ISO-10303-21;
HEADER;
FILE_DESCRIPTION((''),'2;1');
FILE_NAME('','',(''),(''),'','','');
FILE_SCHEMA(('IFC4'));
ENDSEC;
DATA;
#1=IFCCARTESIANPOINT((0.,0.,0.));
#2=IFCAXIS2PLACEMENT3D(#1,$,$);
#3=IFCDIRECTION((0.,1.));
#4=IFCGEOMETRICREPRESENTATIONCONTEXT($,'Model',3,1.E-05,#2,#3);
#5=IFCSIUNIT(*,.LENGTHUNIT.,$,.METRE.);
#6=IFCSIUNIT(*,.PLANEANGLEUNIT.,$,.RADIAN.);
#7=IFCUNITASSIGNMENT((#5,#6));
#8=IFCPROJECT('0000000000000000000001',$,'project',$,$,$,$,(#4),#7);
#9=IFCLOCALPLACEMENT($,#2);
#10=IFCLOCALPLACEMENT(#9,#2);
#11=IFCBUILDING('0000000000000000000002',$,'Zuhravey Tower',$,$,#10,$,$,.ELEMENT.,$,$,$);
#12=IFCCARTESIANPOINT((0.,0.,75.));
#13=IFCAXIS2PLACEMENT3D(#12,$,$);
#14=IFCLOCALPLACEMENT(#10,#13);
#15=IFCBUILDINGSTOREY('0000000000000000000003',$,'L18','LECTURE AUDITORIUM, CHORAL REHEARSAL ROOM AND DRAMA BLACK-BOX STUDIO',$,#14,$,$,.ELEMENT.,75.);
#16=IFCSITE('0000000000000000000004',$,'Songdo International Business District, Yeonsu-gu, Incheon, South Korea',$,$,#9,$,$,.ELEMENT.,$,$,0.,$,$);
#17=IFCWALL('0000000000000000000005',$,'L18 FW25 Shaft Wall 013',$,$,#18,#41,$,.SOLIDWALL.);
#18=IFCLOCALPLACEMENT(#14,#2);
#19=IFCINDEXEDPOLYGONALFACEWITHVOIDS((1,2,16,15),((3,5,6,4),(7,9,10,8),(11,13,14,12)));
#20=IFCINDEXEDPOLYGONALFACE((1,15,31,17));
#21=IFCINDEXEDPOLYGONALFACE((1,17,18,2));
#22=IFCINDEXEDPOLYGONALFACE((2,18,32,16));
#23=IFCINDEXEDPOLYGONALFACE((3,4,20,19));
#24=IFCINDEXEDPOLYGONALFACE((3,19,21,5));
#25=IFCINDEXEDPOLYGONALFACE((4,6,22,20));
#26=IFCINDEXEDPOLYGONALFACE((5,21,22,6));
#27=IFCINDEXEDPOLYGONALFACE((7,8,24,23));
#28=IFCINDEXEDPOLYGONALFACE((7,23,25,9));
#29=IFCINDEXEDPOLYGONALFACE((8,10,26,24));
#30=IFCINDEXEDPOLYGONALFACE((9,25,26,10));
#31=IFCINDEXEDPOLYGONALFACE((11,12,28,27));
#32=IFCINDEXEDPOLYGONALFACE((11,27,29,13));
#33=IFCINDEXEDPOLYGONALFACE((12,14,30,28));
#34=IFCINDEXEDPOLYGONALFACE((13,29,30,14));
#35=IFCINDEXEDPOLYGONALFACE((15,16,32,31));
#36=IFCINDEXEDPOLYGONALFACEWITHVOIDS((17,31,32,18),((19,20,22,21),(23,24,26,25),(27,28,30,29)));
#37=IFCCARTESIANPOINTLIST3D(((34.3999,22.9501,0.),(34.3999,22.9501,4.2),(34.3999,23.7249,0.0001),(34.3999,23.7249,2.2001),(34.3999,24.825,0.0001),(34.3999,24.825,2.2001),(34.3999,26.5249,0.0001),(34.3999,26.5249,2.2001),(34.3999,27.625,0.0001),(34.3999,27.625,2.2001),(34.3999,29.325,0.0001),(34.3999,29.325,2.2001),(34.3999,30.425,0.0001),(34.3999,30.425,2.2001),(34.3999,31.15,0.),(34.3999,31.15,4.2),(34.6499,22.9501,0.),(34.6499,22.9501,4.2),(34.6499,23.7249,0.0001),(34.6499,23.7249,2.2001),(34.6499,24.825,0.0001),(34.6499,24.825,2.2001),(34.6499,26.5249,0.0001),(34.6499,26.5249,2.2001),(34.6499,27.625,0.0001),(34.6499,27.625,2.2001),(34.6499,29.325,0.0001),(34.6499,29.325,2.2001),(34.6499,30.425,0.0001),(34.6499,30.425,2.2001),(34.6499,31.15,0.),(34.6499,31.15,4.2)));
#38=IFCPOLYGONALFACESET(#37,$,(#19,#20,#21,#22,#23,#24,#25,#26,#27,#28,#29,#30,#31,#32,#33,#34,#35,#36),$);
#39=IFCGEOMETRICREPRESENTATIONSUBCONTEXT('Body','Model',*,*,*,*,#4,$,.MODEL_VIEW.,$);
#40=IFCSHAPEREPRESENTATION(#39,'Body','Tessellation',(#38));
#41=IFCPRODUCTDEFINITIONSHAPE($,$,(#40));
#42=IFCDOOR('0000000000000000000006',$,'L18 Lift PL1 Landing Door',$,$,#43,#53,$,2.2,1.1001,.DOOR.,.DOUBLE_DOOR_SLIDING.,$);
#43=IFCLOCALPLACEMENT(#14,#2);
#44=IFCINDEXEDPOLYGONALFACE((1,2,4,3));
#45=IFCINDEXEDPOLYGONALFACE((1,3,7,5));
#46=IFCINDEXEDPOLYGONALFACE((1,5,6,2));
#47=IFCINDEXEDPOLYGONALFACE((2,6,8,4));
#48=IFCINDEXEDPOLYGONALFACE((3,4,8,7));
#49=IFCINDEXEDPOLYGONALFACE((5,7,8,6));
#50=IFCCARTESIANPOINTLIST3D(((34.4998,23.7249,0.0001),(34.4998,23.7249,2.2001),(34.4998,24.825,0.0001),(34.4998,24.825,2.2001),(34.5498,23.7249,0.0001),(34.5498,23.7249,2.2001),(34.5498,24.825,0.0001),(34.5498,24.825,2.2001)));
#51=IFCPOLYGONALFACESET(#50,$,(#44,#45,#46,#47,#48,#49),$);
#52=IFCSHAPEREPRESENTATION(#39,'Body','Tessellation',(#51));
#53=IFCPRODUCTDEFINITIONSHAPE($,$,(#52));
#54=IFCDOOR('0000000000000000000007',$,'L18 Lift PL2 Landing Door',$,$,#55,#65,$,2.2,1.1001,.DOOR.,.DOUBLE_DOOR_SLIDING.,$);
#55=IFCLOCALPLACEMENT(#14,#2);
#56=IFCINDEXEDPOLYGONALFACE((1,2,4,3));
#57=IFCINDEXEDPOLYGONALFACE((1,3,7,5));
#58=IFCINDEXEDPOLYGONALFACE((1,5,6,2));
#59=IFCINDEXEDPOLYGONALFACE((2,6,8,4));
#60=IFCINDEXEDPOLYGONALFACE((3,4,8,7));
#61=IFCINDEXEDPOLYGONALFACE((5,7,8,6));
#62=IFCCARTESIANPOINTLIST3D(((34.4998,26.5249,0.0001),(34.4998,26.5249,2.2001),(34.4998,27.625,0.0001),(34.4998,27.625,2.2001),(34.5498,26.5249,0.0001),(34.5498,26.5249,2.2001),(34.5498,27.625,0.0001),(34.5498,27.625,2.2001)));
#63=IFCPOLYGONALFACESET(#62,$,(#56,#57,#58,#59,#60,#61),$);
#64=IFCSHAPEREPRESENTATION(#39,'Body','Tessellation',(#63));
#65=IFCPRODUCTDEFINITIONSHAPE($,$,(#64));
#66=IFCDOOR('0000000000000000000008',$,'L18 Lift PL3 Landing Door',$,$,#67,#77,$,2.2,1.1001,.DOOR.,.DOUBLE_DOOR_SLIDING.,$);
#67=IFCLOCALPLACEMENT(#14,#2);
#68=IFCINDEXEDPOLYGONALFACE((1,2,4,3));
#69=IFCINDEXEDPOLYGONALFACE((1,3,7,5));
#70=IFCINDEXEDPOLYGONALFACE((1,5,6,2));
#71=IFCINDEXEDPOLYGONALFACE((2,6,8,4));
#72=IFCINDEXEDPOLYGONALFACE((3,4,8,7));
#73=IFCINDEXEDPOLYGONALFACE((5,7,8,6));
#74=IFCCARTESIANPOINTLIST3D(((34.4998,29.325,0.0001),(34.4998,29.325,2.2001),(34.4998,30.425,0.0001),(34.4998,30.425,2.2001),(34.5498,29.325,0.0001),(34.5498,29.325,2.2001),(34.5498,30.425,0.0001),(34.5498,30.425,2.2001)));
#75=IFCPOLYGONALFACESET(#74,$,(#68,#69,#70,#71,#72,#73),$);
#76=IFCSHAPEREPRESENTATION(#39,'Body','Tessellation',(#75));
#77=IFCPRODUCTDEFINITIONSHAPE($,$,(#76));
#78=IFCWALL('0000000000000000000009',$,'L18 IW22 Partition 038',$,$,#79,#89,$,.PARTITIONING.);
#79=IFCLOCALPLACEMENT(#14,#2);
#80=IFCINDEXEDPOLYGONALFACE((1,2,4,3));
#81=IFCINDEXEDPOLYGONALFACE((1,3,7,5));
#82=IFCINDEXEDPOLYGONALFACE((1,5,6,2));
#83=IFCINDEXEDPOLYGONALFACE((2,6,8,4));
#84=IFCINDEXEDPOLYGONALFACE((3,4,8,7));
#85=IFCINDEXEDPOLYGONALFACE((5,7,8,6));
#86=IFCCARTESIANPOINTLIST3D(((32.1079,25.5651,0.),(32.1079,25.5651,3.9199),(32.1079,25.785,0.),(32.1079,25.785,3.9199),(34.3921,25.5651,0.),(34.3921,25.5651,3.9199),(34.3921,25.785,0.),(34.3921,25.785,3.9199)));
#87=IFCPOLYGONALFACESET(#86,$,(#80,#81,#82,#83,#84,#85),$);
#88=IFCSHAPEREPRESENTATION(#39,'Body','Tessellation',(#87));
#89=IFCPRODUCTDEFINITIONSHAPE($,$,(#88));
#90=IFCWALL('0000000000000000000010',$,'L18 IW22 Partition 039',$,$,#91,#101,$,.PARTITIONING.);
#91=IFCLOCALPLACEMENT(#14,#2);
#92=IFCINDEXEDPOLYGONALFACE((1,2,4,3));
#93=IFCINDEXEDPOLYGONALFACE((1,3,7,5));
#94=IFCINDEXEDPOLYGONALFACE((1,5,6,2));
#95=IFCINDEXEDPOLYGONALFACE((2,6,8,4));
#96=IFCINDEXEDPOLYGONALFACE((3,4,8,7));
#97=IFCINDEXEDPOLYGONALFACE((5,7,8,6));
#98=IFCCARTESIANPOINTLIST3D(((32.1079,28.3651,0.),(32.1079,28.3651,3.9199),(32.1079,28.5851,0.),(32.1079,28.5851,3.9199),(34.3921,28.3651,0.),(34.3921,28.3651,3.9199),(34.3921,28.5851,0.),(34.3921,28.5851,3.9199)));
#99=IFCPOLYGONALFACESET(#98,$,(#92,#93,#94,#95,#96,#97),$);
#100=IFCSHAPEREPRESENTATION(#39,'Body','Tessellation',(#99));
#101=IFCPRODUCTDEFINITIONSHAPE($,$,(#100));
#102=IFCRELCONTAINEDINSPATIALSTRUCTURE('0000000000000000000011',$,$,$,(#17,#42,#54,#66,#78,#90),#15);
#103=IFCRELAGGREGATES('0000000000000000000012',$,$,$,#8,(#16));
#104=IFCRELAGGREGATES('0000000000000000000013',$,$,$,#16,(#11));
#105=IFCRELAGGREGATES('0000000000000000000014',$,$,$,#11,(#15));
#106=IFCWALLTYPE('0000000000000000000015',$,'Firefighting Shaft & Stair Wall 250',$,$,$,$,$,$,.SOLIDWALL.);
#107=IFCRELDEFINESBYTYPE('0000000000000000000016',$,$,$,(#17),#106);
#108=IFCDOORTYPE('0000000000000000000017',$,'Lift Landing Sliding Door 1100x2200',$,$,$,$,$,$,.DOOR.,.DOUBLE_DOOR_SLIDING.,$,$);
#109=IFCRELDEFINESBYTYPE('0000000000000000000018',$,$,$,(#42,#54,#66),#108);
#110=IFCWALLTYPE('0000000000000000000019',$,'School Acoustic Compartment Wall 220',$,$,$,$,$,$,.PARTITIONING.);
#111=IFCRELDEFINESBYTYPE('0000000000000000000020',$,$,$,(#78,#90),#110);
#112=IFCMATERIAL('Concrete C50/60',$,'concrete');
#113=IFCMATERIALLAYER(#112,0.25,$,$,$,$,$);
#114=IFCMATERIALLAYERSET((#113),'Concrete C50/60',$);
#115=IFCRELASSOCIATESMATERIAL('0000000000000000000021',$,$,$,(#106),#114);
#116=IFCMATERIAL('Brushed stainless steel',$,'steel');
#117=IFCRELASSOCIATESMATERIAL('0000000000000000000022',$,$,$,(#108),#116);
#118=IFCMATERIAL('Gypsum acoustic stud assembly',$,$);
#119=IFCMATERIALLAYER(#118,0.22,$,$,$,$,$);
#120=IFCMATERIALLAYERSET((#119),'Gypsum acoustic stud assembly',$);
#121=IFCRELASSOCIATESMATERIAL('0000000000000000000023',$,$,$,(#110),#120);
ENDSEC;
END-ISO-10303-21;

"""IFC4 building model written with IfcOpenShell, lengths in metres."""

from ifc_helpers import new_model, si_unit, direction, frame, frame_2d, origin, place, context, subcontext, project, spatial, rectangle, extrude, material, layer, layer_set, type_object, element, fill, save


model = new_model("IFC4")

# Units and contexts
model_context = context("Model", 3, precision=1e-05, world=origin(), true_north=direction((0.0, 1.0)))
body_context = subcontext(model_context, "Body", "Model", "MODEL_VIEW")
ifc_project = project(units=[si_unit("LENGTHUNIT", "METRE"), si_unit("PLANEANGLEUNIT", "RADIAN")], contexts=[model_context])

# Site, building, storey
site_placement = place(None, origin())
site = spatial("IfcSite", under=ifc_project, at=site_placement, Name="Songdo International Business District, Yeonsu-gu, Incheon, South Korea", CompositionType="ELEMENT", RefElevation=0.0)
building_placement = place(site_placement, origin())
building = spatial("IfcBuilding", under=site, at=building_placement, Name="Zuhravey Tower", CompositionType="ELEMENT")
storey_placement = place(building_placement, frame((0.0, 0.0, 75.0)))
storey = spatial("IfcBuildingStorey", under=building, at=storey_placement, Name="L18", Description="LECTURE AUDITORIUM, CHORAL REHEARSAL ROOM AND DRAMA BLACK-BOX STUDIO", CompositionType="ELEMENT", Elevation=75.0)

# Shared definitions
ifc_material_1 = material(Name="Concrete C50/60", Category="concrete")
ifc_layer_1 = layer(ifc_material_1, 0.25)
ifc_layer_set_1 = layer_set([ifc_layer_1], Name="Concrete C50/60")
wall_type_1 = type_object("IfcWallType", Name="Firefighting Shaft & Stair Wall 250", PredefinedType="SOLIDWALL", material=ifc_layer_set_1)

# Wall, openings, doors
wall_1_placement = place(storey_placement, frame((34.5249, 22.95, 0.0), z_axis=(0.0, 0.0, 1.0), x_axis=(0.0, 1.0, 0.0)))
wall_1 = element("IfcWall", 1, at=wall_1_placement, inside=storey, type_object=wall_type_1, Name="L18 FW25 Shaft Wall 013", PredefinedType="SOLIDWALL", context=body_context, shape_type="SweptSolid", body=[
    extrude(rectangle(XDim=8.2, YDim=0.25, at=frame_2d((4.1001, 0.0))), origin(), (0.0, 0.0, 1.0), 4.2),
])
opening_1_placement = place(wall_1_placement, frame((0.7749, 0.0, 0.0)))
opening_1 = element("IfcOpeningElement", 2, at=opening_1_placement, cuts=wall_1, PredefinedType="OPENING", context=body_context, shape_type="SweptSolid", body=[
    extrude(rectangle(XDim=1.1001, YDim=2.2, at=frame_2d((0.55, 1.1001))), frame((0.0, 0.137, 0.0), z_axis=(0.0, -1.0, 0.0), x_axis=(1.0, 0.0, 0.0)), (0.0, 0.0, 1.0), 0.2739),
])
opening_2_placement = place(wall_1_placement, frame((3.575, 0.0, 0.0)))
opening_2 = element("IfcOpeningElement", 3, at=opening_2_placement, cuts=wall_1, PredefinedType="OPENING", context=body_context, shape_type="SweptSolid", body=[
    extrude(rectangle(XDim=1.1001, YDim=2.2, at=frame_2d((0.55, 1.1001))), frame((0.0, 0.137, 0.0), z_axis=(0.0, -1.0, 0.0), x_axis=(1.0, 0.0, 0.0)), (0.0, 0.0, 1.0), 0.2739),
])
opening_3_placement = place(wall_1_placement, frame((6.375, 0.0, 0.0)))
opening_3 = element("IfcOpeningElement", 4, at=opening_3_placement, cuts=wall_1, PredefinedType="OPENING", context=body_context, shape_type="SweptSolid", body=[
    extrude(rectangle(XDim=1.1001, YDim=2.2, at=frame_2d((0.55, 1.1001))), frame((0.0, 0.137, 0.0), z_axis=(0.0, -1.0, 0.0), x_axis=(1.0, 0.0, 0.0)), (0.0, 0.0, 1.0), 0.2739),
])
ifc_material_2 = material(Name="Brushed stainless steel", Category="steel")
door_type_1 = type_object("IfcDoorType", Name="Lift Landing Sliding Door 1100x2200", OperationType="DOUBLE_DOOR_SLIDING", PredefinedType="DOOR", material=ifc_material_2)
door_1_placement = place(opening_1_placement, frame((1.1001, 0.0, 0.0), z_axis=(0.0, 0.0, 1.0), x_axis=(-1.0, 0.0, 0.0)))
door_1 = element("IfcDoor", 5, at=door_1_placement, inside=storey, type_object=door_type_1, Name="L18 Lift PL1 Landing Door", OperationType="DOUBLE_DOOR_SLIDING", OverallHeight=2.2, OverallWidth=1.1001, PredefinedType="DOOR", context=body_context, shape_type="SweptSolid", body=[
    extrude(rectangle(XDim=1.1001, YDim=2.2, at=frame_2d((0.55, 1.1001))), frame((0.0, 0.0249, 0.0), z_axis=(0.0, -1.0, 0.0), x_axis=(1.0, 0.0, 0.0)), (0.0, 0.0, 1.0), 0.05),
])
fill(opening_1, door_1)
door_2_placement = place(opening_2_placement, frame((1.1001, 0.0, 0.0), z_axis=(0.0, 0.0, 1.0), x_axis=(-1.0, 0.0, 0.0)))
door_2 = element("IfcDoor", 6, at=door_2_placement, inside=storey, type_object=door_type_1, Name="L18 Lift PL2 Landing Door", OperationType="DOUBLE_DOOR_SLIDING", OverallHeight=2.2, OverallWidth=1.1001, PredefinedType="DOOR", context=body_context, shape_type="SweptSolid", body=[
    extrude(rectangle(XDim=1.1001, YDim=2.2, at=frame_2d((0.55, 1.1001))), frame((0.0, 0.0249, 0.0), z_axis=(0.0, -1.0, 0.0), x_axis=(1.0, 0.0, 0.0)), (0.0, 0.0, 1.0), 0.05),
])
fill(opening_2, door_2)
door_3_placement = place(opening_3_placement, frame((1.1001, 0.0, 0.0), z_axis=(0.0, 0.0, 1.0), x_axis=(-1.0, 0.0, 0.0)))
door_3 = element("IfcDoor", 7, at=door_3_placement, inside=storey, type_object=door_type_1, Name="L18 Lift PL3 Landing Door", OperationType="DOUBLE_DOOR_SLIDING", OverallHeight=2.2, OverallWidth=1.1001, PredefinedType="DOOR", context=body_context, shape_type="SweptSolid", body=[
    extrude(rectangle(XDim=1.1001, YDim=2.2, at=frame_2d((0.55, 1.1001))), frame((0.0, 0.0249, 0.0), z_axis=(0.0, -1.0, 0.0), x_axis=(1.0, 0.0, 0.0)), (0.0, 0.0, 1.0), 0.05),
])
fill(opening_3, door_3)

# Walls
ifc_material_3 = material(Name="Gypsum acoustic stud assembly")
ifc_layer_2 = layer(ifc_material_3, 0.22)
ifc_layer_set_2 = layer_set([ifc_layer_2], Name="Gypsum acoustic stud assembly")
wall_type_2 = type_object("IfcWallType", Name="School Acoustic Compartment Wall 220", PredefinedType="PARTITIONING", material=ifc_layer_set_2)
for number, where, z_axis, x_axis, name in (
    (8, (32.1079, 25.675, 0.0), (0.0, 0.0, 1.0), (1.0, 0.0, 0.0), "L18 IW22 Partition 038"),
    (9, (32.1079, 28.4751, 0.0), (0.0, 0.0, 1.0), (1.0, 0.0, 0.0), "L18 IW22 Partition 039"),
):
    element("IfcWall", number, at=place(storey_placement, frame(where, z_axis=z_axis, x_axis=x_axis)), inside=storey, type_object=wall_type_2, Name=name, PredefinedType="PARTITIONING", context=body_context, shape_type="SweptSolid", body=[
        extrude(rectangle(XDim=2.2842, YDim=0.22, at=frame_2d((1.1421, 0.0))), origin(), (0.0, 0.0, 1.0), 3.9199),
    ])

save(model, "model.ifc")
